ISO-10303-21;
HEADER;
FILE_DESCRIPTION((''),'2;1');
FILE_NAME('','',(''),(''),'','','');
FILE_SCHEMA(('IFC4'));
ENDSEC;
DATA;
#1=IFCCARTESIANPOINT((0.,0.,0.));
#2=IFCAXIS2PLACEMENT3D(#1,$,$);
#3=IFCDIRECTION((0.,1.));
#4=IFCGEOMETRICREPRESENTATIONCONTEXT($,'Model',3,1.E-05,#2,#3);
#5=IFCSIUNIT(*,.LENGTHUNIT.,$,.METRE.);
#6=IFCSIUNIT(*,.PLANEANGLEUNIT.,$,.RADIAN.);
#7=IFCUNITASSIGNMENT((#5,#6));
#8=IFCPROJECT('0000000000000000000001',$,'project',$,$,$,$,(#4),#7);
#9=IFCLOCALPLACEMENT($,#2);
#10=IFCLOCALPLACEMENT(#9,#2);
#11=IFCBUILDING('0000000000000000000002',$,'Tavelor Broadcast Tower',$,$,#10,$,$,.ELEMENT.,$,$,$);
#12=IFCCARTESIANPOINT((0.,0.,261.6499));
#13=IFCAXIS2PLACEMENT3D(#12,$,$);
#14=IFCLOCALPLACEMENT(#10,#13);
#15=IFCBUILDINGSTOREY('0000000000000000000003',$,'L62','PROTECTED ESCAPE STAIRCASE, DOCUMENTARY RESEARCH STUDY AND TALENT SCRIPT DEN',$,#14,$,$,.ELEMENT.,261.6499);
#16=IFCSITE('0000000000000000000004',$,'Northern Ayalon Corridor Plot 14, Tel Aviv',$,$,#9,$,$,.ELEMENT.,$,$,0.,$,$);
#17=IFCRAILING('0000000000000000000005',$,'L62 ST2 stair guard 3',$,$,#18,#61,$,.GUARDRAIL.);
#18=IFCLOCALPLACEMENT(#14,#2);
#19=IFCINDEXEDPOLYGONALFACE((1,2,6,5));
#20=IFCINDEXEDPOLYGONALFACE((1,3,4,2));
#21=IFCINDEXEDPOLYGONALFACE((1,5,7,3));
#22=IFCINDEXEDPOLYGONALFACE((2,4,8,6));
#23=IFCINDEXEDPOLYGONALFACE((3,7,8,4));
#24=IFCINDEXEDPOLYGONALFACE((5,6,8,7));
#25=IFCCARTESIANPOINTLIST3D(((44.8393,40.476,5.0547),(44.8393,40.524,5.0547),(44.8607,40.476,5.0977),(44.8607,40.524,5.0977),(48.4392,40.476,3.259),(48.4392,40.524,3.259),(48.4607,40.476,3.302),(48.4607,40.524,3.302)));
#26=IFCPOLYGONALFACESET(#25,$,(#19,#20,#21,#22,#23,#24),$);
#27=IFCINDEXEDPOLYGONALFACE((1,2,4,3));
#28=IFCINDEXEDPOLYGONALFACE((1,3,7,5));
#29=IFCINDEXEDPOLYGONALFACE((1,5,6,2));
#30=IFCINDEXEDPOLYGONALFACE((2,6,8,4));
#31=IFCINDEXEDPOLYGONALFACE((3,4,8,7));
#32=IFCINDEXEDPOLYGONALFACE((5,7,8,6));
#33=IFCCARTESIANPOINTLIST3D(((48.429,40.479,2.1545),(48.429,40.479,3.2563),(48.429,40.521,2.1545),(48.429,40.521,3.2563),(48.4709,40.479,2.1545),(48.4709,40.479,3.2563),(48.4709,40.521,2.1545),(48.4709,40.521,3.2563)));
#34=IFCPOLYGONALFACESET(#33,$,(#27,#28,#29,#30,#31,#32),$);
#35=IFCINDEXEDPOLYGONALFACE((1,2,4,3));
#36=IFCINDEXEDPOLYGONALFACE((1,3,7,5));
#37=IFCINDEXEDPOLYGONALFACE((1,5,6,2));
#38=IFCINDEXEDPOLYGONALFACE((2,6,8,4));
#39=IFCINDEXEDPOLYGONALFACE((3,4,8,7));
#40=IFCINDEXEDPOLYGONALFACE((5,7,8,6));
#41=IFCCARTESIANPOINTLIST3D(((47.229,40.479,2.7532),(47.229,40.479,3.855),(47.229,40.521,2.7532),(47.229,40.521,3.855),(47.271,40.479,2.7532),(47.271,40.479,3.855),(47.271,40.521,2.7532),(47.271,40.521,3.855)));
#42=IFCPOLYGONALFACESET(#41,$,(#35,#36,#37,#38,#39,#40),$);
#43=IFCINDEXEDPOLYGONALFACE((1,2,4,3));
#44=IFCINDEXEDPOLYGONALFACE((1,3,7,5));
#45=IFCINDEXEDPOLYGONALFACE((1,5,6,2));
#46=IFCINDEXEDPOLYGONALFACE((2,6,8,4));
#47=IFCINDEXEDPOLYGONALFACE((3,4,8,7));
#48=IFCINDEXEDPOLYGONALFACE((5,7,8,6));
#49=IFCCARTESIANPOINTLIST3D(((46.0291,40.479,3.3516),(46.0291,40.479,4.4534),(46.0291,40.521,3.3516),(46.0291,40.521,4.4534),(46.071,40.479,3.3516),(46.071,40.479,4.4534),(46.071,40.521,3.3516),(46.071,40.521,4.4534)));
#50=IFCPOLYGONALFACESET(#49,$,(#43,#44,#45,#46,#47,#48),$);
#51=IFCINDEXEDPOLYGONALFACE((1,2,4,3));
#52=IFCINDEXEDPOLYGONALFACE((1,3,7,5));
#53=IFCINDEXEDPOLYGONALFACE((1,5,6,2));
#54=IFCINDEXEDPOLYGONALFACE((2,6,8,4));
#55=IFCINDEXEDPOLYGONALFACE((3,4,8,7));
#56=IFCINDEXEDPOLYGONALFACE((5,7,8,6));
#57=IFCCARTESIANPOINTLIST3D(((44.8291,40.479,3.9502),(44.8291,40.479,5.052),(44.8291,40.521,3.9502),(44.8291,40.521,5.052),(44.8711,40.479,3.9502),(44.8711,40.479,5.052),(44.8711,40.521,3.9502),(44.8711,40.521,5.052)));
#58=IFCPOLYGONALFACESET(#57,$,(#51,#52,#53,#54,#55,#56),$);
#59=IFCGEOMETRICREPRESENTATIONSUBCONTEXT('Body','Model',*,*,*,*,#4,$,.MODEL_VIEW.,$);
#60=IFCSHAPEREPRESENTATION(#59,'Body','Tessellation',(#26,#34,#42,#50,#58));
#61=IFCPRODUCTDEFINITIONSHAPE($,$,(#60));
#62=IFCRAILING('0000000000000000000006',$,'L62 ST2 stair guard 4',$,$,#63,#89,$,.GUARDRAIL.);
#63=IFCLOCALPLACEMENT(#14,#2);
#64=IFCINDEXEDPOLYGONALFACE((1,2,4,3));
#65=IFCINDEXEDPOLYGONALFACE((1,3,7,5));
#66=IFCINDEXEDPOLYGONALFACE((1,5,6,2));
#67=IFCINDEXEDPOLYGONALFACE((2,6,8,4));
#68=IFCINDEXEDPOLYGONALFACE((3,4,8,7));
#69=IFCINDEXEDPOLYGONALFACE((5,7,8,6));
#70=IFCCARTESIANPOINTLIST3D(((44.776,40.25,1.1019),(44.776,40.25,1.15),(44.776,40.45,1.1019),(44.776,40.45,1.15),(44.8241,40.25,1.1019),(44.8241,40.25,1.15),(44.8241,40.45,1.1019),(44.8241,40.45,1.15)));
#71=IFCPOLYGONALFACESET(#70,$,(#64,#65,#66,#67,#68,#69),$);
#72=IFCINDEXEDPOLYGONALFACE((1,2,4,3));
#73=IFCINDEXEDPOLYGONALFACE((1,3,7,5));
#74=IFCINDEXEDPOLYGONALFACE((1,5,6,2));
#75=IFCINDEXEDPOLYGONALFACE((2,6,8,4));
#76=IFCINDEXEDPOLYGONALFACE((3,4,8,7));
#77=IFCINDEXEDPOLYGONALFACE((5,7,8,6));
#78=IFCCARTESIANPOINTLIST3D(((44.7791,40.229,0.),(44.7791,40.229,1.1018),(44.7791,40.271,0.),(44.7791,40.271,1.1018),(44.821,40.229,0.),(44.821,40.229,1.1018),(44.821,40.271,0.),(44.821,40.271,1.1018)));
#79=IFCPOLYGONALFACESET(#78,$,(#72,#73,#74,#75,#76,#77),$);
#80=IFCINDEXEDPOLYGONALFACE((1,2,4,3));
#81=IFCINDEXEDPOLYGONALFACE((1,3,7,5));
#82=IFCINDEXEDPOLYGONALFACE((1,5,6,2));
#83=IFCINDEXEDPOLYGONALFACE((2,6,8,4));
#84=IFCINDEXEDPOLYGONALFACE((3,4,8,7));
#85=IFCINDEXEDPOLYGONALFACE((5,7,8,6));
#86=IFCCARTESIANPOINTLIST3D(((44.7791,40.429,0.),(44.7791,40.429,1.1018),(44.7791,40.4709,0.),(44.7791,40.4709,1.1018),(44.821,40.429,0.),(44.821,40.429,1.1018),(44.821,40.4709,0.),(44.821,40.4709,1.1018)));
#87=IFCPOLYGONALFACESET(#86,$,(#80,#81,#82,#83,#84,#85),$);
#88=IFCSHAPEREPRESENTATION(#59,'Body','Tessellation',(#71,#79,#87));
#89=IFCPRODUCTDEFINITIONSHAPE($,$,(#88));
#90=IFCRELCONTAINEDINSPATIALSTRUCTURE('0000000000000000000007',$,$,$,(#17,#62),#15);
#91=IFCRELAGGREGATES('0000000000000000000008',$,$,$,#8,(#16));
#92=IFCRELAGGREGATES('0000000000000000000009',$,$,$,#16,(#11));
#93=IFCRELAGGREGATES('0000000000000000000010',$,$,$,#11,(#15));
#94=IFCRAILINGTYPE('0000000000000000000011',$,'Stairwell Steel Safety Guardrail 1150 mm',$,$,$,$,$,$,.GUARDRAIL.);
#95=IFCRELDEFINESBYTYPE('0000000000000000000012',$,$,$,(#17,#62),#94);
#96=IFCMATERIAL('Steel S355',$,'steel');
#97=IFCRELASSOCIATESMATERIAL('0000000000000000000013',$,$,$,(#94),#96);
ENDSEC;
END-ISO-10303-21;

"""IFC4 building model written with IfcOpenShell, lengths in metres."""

from ifc_helpers import new_model, si_unit, direction, frame, origin, origin_2d, place, context, subcontext, project, spatial, rectangle, extrude, material, type_object, element, save


model = new_model("IFC4")

# Units and contexts
model_context = context("Model", 3, precision=1e-05, world=origin(), true_north=direction((0.0, 1.0)))
body_context = subcontext(model_context, "Body", "Model", "MODEL_VIEW")
ifc_project = project(units=[si_unit("LENGTHUNIT", "METRE"), si_unit("PLANEANGLEUNIT", "RADIAN")], contexts=[model_context])

# Site, building, storey
site_placement = place(None, origin())
site = spatial("IfcSite", under=ifc_project, at=site_placement, Name="Northern Ayalon Corridor Plot 14, Tel Aviv", CompositionType="ELEMENT", RefElevation=0.0)
building_placement = place(site_placement, origin())
building = spatial("IfcBuilding", under=site, at=building_placement, Name="Tavelor Broadcast Tower", CompositionType="ELEMENT")
storey_placement = place(building_placement, frame((0.0, 0.0, 261.6499)))
storey = spatial("IfcBuildingStorey", under=building, at=storey_placement, Name="L62", Description="PROTECTED ESCAPE STAIRCASE, DOCUMENTARY RESEARCH STUDY AND TALENT SCRIPT DEN", CompositionType="ELEMENT", Elevation=261.6499)

# Shared definitions
ifc_material_1 = material(Name="Steel S355", Category="steel")

# Railings
railing_type_1 = type_object("IfcRailingType", Name="Stairwell Steel Safety Guardrail 1150 mm", PredefinedType="GUARDRAIL", material=ifc_material_1)
railing_1_placement = place(storey_placement, frame((48.45, 40.5, 2.1545)))
element("IfcRailing", 1, at=railing_1_placement, inside=storey, type_object=railing_type_1, Name="L62 ST2 stair guard 3", PredefinedType="GUARDRAIL", context=body_context, shape_type="SweptSolid", body=[
    extrude(rectangle(XDim=0.0481, YDim=0.0481, at=origin_2d()), frame((0.0, 0.0, 1.126), z_axis=(-0.894852, 0.0, 0.446364), x_axis=(0.0, -1.0, 0.0)), (0.0, 0.0, 1.0), 4.0229),
    extrude(rectangle(XDim=0.042, YDim=0.042, at=origin_2d()), origin(), (0.0, 0.0, 1.0), 1.1018),
    extrude(rectangle(XDim=0.042, YDim=0.042, at=origin_2d()), frame((-1.2, 0.0, 0.5986)), (0.0, 0.0, 1.0), 1.1018),
    extrude(rectangle(XDim=0.042, YDim=0.042, at=origin_2d()), frame((-2.3999, 0.0, 1.197)), (0.0, 0.0, 1.0), 1.1018),
    extrude(rectangle(XDim=0.042, YDim=0.042, at=origin_2d()), frame((-3.5999, 0.0, 1.7957)), (0.0, 0.0, 1.0), 1.1018),
])
railing_2_placement = place(storey_placement, frame((44.8, 40.25, 0.0)))
element("IfcRailing", 2, at=railing_2_placement, inside=storey, type_object=railing_type_1, Name="L62 ST2 stair guard 4", PredefinedType="GUARDRAIL", context=body_context, shape_type="SweptSolid", body=[
    extrude(rectangle(XDim=0.0481, YDim=0.0481, at=origin_2d()), frame((0.0, 0.0, 1.126), z_axis=(0.0, 1.0, 0.0), x_axis=(-1.0, 0.0, 0.0)), (0.0, 0.0, 1.0), 0.2),
    extrude(rectangle(XDim=0.042, YDim=0.042, at=origin_2d()), origin(), (0.0, 0.0, 1.0), 1.1018),
    extrude(rectangle(XDim=0.042, YDim=0.042, at=origin_2d()), frame((0.0, 0.2, 0.0)), (0.0, 0.0, 1.0), 1.1018),
])

save(model, "model.ifc")
